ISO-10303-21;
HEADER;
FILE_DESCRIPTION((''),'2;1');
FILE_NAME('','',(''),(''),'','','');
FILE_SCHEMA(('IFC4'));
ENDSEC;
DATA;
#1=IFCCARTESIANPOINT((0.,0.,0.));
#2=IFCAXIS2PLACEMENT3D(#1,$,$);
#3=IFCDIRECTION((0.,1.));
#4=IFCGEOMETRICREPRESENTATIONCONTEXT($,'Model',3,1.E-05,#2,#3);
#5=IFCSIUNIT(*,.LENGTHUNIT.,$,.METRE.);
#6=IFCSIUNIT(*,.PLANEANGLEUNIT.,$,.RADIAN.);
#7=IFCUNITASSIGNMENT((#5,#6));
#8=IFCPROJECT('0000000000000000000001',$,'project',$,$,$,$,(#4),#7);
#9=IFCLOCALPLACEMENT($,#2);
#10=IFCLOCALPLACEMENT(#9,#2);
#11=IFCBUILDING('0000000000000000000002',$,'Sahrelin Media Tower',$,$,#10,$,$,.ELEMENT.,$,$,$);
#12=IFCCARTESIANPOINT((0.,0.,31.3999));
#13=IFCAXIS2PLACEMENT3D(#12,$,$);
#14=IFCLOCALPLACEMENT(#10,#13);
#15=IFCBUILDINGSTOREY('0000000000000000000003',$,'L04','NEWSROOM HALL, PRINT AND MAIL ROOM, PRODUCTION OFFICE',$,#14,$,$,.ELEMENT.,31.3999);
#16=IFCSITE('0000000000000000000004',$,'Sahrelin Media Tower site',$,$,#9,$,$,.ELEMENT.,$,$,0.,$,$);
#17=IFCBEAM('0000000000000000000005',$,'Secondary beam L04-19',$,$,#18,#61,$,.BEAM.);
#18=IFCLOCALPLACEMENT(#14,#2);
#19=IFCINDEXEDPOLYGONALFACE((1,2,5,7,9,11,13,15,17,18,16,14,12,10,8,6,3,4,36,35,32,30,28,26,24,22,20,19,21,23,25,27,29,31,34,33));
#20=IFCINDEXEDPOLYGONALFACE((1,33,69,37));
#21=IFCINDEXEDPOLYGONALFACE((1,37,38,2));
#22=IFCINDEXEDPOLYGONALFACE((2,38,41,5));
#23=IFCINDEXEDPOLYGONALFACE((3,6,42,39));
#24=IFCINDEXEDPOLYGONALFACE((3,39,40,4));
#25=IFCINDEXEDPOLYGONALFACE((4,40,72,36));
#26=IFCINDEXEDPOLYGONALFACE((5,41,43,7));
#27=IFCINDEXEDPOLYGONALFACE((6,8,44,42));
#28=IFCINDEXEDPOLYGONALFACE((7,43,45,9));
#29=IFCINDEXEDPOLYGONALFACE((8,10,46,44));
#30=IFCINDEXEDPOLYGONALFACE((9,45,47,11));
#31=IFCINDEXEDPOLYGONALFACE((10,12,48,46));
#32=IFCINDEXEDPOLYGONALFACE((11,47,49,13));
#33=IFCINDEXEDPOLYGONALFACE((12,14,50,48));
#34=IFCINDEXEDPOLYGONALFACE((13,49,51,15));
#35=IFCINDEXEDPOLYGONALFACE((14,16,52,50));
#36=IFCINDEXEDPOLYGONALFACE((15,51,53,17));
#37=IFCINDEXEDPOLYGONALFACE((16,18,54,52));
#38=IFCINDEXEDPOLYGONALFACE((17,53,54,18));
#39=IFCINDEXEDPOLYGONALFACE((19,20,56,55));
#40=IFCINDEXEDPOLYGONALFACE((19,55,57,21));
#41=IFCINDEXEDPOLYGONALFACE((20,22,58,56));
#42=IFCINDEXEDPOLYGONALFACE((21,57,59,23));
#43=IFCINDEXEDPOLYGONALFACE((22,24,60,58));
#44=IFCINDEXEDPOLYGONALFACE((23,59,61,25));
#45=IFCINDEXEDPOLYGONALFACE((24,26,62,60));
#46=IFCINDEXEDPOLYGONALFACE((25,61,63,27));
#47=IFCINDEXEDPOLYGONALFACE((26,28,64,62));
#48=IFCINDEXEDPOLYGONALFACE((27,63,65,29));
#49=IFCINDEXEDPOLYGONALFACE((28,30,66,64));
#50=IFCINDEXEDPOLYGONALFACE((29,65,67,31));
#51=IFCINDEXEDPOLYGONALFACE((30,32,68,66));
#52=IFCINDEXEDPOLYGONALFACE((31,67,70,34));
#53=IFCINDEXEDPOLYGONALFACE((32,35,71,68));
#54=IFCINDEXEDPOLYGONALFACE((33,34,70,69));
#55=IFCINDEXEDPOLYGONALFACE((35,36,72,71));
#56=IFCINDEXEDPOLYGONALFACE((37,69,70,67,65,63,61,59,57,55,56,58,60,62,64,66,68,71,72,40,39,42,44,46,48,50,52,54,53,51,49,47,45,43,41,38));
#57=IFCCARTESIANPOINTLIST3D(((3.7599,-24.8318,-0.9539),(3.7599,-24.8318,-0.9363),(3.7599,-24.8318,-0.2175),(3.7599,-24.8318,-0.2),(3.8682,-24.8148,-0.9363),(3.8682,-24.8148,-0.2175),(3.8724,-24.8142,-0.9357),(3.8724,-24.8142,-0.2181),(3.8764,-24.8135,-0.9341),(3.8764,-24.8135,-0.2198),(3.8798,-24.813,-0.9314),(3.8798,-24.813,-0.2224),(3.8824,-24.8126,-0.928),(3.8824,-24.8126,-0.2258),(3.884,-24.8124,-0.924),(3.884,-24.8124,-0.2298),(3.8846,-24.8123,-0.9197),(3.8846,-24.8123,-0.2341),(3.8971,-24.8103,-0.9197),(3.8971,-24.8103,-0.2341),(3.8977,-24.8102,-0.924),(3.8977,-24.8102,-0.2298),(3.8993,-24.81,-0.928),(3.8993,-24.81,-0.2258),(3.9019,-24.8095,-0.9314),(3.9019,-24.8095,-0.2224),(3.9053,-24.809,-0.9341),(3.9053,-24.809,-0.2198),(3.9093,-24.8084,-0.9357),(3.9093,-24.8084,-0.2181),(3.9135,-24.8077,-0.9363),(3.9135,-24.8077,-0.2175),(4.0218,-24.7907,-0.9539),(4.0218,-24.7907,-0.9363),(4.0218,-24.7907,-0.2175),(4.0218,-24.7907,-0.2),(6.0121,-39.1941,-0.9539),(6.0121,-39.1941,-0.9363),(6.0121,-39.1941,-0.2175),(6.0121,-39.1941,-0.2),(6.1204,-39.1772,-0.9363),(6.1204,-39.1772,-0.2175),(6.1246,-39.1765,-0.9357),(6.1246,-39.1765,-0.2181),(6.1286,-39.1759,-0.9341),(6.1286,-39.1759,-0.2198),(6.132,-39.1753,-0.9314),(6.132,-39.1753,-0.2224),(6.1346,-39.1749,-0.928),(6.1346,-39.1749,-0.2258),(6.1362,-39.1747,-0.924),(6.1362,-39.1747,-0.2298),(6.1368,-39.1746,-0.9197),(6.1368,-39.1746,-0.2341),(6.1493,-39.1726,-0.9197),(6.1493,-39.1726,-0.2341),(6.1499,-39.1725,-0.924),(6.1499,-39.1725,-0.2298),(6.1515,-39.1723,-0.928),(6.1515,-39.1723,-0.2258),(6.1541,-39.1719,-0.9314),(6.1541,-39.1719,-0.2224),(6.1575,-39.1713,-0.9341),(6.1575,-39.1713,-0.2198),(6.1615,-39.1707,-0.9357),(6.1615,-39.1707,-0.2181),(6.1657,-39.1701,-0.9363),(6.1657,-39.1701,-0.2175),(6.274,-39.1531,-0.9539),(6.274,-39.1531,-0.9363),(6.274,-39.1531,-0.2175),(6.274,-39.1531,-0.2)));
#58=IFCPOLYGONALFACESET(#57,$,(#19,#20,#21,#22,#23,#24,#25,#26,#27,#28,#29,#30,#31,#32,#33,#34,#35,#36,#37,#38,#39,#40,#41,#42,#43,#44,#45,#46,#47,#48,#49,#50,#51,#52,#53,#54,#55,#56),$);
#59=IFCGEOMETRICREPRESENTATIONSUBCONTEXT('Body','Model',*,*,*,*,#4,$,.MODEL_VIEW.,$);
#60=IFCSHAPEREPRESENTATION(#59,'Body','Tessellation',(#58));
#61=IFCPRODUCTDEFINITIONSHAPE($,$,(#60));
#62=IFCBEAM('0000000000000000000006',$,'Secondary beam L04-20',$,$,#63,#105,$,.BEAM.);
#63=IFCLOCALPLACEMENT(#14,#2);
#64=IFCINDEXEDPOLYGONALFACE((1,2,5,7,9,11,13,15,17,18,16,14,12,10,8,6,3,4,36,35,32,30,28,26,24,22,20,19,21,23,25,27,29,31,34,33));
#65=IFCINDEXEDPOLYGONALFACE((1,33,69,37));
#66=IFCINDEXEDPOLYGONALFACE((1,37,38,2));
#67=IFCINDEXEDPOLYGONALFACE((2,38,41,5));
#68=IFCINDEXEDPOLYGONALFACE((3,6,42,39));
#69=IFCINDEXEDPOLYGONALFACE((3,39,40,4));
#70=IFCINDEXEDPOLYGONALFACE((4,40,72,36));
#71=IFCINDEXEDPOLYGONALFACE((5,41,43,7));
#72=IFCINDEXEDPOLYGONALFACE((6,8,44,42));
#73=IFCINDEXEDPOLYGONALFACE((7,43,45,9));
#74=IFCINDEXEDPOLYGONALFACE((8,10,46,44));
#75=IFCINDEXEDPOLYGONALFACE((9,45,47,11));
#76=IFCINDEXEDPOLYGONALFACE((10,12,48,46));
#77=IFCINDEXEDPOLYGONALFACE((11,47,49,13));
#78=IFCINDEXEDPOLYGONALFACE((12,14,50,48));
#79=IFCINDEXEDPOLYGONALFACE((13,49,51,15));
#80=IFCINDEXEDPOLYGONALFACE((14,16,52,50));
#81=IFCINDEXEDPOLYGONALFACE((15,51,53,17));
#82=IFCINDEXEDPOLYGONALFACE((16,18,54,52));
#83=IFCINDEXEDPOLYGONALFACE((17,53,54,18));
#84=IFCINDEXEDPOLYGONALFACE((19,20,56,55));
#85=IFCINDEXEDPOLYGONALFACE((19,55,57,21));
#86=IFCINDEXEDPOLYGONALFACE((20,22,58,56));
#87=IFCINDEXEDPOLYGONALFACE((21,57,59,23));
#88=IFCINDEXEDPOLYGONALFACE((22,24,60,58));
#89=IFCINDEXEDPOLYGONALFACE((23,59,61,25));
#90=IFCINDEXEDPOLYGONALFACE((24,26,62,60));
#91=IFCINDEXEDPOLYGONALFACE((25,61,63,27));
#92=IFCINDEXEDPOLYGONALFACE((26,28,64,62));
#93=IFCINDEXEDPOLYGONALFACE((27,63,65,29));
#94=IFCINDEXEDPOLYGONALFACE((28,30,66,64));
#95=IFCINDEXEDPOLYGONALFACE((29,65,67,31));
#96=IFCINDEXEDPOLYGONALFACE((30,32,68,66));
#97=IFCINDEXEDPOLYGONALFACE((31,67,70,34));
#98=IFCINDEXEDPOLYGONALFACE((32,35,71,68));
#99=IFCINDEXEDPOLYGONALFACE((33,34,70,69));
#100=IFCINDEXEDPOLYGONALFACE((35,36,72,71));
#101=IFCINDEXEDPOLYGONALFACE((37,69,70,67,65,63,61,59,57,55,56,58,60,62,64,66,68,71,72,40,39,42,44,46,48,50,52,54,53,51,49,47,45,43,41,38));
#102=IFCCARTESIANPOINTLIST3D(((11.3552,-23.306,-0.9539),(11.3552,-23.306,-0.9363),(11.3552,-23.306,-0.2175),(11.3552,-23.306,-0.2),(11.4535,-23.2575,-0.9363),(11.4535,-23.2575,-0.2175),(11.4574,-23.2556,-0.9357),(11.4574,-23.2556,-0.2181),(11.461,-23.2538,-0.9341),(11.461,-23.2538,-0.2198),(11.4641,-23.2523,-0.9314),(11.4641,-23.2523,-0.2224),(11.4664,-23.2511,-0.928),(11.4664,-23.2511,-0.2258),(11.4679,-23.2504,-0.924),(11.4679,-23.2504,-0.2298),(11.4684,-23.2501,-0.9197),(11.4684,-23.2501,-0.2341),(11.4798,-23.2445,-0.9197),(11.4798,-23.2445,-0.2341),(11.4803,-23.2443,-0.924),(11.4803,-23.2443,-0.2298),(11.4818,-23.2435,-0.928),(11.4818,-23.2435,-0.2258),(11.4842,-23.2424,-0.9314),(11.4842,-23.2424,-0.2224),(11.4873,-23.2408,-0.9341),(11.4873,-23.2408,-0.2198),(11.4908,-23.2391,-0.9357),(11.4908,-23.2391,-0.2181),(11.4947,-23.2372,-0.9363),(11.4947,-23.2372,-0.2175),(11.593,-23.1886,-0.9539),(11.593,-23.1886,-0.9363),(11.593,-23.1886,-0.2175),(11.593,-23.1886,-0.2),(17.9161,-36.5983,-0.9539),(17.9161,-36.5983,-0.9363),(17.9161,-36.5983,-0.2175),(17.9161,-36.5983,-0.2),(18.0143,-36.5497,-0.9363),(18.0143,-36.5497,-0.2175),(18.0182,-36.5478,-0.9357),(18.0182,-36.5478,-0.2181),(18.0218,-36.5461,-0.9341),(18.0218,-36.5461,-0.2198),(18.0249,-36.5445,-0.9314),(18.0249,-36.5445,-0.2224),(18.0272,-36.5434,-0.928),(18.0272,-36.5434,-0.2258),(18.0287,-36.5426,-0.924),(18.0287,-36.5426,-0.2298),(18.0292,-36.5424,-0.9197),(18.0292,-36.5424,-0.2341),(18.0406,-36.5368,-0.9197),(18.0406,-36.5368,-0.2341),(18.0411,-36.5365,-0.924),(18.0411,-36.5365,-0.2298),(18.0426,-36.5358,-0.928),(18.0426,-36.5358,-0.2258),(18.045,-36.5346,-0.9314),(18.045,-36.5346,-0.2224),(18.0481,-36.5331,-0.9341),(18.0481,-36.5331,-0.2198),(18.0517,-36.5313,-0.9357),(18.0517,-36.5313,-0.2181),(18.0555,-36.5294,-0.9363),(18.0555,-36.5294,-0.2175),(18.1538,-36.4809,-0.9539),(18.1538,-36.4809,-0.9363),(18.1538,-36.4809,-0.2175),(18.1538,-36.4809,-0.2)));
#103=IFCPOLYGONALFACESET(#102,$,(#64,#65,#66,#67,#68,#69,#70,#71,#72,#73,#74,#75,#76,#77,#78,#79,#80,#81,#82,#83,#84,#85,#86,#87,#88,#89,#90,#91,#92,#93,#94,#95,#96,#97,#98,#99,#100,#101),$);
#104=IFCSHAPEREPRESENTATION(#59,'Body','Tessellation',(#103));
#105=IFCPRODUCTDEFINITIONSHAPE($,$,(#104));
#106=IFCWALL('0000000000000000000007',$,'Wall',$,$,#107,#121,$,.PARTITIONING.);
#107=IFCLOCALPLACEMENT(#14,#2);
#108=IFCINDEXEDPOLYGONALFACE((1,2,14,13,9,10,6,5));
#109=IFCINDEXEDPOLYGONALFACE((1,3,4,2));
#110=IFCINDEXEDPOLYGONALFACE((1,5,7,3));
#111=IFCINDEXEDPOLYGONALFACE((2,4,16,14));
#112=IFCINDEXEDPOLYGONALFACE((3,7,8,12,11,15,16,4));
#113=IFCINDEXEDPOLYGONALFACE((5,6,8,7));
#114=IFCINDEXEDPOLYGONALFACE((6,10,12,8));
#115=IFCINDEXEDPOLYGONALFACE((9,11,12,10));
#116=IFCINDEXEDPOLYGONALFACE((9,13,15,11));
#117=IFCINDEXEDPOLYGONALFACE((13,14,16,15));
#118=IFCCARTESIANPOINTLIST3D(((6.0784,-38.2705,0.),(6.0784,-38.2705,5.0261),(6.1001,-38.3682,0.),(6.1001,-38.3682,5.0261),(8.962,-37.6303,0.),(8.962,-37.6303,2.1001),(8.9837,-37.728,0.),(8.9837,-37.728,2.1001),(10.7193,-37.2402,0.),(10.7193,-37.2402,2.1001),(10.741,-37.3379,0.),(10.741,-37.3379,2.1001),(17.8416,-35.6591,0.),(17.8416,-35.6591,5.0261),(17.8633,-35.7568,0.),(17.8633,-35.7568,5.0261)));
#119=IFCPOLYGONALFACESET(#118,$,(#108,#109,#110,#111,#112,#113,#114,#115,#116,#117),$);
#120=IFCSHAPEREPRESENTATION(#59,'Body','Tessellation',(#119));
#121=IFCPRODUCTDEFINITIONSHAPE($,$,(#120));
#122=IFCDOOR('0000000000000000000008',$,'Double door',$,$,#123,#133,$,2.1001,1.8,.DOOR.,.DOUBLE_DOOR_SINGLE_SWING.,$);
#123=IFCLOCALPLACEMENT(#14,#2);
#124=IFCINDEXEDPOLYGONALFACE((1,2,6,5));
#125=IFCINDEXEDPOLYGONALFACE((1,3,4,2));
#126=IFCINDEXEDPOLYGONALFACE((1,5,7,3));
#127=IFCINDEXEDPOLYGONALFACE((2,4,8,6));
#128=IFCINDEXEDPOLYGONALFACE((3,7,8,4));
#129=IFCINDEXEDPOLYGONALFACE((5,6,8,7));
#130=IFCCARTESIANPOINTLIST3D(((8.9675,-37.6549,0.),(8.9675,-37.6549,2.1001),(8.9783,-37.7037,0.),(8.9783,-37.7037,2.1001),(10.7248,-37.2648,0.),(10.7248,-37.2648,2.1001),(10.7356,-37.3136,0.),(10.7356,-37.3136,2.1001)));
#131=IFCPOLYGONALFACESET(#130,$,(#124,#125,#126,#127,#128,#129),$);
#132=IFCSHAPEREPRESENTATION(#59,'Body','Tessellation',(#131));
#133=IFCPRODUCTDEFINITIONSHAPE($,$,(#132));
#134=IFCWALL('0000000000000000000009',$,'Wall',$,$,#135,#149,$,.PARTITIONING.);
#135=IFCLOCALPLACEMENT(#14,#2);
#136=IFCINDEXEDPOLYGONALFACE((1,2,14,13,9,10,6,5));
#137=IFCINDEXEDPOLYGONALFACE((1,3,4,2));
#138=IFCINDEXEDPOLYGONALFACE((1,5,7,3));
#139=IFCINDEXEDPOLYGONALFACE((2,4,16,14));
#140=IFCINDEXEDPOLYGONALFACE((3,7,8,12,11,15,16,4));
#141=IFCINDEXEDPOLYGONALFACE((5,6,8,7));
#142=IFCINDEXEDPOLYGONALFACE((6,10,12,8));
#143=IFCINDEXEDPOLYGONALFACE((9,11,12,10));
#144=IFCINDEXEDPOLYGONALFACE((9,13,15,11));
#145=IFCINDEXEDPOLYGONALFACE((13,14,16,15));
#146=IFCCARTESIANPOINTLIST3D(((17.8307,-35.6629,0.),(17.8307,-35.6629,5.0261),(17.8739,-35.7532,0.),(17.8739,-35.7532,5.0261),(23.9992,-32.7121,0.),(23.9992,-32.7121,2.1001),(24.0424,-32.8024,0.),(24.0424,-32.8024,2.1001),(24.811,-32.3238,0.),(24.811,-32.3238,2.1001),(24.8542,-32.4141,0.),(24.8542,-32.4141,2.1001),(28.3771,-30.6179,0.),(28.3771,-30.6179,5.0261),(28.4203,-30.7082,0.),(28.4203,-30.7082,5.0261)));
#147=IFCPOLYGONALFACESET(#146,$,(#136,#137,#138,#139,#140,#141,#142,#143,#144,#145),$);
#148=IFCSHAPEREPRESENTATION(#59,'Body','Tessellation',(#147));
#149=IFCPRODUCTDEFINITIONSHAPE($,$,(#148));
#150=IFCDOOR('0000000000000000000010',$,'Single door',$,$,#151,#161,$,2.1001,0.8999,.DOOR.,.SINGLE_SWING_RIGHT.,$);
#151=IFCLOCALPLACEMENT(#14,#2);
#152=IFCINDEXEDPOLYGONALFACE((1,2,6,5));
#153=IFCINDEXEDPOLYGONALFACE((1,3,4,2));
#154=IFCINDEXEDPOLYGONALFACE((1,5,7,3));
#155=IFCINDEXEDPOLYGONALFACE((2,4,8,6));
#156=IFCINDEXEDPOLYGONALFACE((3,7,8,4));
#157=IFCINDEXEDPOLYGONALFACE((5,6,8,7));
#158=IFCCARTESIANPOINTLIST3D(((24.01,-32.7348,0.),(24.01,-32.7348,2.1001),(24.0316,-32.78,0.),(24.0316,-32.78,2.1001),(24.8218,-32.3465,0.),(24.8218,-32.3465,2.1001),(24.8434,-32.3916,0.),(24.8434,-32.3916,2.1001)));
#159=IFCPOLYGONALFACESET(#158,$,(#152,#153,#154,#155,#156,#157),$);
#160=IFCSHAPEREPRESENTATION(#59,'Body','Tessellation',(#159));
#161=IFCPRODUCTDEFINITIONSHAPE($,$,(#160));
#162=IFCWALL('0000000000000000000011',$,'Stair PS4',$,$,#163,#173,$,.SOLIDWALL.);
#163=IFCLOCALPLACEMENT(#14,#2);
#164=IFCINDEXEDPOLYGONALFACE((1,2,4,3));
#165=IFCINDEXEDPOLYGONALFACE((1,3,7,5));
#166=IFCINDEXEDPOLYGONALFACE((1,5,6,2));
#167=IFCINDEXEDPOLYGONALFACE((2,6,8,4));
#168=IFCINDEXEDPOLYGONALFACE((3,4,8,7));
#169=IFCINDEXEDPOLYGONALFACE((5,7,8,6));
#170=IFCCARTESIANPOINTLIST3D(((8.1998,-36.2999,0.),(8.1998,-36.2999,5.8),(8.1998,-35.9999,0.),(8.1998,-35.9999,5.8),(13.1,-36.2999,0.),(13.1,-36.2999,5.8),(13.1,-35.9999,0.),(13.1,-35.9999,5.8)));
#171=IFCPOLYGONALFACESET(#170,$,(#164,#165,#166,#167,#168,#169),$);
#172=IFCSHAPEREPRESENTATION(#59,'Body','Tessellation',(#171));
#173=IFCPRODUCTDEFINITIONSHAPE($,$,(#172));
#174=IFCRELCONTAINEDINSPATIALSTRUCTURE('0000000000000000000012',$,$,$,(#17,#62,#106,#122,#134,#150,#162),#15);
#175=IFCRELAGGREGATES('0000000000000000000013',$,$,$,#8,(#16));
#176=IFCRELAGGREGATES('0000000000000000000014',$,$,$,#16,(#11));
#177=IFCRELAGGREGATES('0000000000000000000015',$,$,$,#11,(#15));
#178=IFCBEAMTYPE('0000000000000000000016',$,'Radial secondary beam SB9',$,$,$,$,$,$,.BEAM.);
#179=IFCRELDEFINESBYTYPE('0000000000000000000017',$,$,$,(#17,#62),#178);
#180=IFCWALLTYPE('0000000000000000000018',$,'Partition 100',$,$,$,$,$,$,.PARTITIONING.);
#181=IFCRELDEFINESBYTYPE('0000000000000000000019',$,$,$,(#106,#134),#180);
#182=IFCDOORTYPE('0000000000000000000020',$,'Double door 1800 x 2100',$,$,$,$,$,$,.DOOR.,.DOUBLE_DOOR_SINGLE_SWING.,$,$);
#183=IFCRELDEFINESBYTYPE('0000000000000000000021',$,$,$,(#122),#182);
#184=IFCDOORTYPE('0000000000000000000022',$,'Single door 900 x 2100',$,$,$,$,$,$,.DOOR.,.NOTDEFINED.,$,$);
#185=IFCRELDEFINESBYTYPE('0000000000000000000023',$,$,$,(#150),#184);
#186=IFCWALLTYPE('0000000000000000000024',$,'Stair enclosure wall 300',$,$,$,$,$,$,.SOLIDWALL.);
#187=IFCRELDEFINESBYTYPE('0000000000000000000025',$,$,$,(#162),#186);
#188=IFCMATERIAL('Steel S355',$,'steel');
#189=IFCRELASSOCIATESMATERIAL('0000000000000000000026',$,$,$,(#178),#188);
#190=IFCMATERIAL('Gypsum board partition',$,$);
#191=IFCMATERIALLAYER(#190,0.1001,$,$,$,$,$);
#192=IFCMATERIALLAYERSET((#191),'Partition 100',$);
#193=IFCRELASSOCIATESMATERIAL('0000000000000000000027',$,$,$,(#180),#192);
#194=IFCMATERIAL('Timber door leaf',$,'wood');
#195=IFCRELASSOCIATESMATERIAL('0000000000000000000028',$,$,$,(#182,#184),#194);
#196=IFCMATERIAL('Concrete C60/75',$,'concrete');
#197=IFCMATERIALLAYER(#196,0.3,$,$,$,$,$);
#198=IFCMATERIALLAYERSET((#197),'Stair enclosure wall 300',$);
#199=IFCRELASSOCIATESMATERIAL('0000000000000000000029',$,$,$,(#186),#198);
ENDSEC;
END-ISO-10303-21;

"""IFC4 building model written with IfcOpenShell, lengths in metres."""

from ifc_helpers import new_model, si_unit, direction, frame, frame_2d, origin, origin_2d, place, context, subcontext, project, spatial, rectangle, i_section, extrude, material, layer, layer_set, material_profile, profile_set, type_object, element, fill, save


model = new_model("IFC4")

# Units and contexts
model_context = context("Model", 3, precision=1e-05, world=origin(), true_north=direction((0.0, 1.0)))
body_context = subcontext(model_context, "Body", "Model", "MODEL_VIEW")
ifc_project = project(units=[si_unit("LENGTHUNIT", "METRE"), si_unit("PLANEANGLEUNIT", "RADIAN")], contexts=[model_context])

# Site, building, storey
site_placement = place(None, origin())
site = spatial("IfcSite", under=ifc_project, at=site_placement, Name="Sahrelin Media Tower site", CompositionType="ELEMENT", RefElevation=0.0)
building_placement = place(site_placement, origin())
building = spatial("IfcBuilding", under=site, at=building_placement, Name="Sahrelin Media Tower", CompositionType="ELEMENT")
storey_placement = place(building_placement, frame((0.0, 0.0, 31.3999)))
storey = spatial("IfcBuildingStorey", under=building, at=storey_placement, Name="L04", Description="NEWSROOM HALL, PRINT AND MAIL ROOM, PRODUCTION OFFICE", CompositionType="ELEMENT", Elevation=31.3999)

# Beams
ifc_material_1 = material(Name="Steel S355", Category="steel")
ifc_material_profile_1 = material_profile(ifc_material_1, i_section(OverallWidth=0.2651, OverallDepth=0.7539, WebThickness=0.0127, FlangeThickness=0.0176, FilletRadius=0.0166, at=origin_2d()), Name="UB 762x267x147")
ifc_profile_set_1 = profile_set([ifc_material_profile_1], Name="Steel S355")
beam_type_1 = type_object("IfcBeamType", Name="Radial secondary beam SB9", PredefinedType="BEAM", material=ifc_profile_set_1)
beam_1_placement = place(storey_placement, frame((3.8909, -24.8113, -0.5769), z_axis=(0.15492, -0.987927, 0.0), x_axis=(0.987927, 0.15492, 0.0)))
element("IfcBeam", 1, at=beam_1_placement, inside=storey, type_object=beam_type_1, Name="Secondary beam L04-19", PredefinedType="BEAM", context=body_context, shape_type="SweptSolid", body=[
    extrude(i_section(OverallWidth=0.2651, OverallDepth=0.7539, WebThickness=0.0127, FlangeThickness=0.0176, FilletRadius=0.0166, at=origin_2d()), origin(), (0.0, 0.0, 1.0), 14.5378),
])
beam_2_placement = place(storey_placement, frame((11.4741, -23.2473, -0.5769), z_axis=(0.442603, -0.896718, 0.0), x_axis=(0.896718, 0.442603, 0.0)))
element("IfcBeam", 2, at=beam_2_placement, inside=storey, type_object=beam_type_1, Name="Secondary beam L04-20", PredefinedType="BEAM", context=body_context, shape_type="SweptSolid", body=[
    extrude(i_section(OverallWidth=0.2651, OverallDepth=0.7539, WebThickness=0.0127, FlangeThickness=0.0176, FilletRadius=0.0166, at=origin_2d()), origin(), (0.0, 0.0, 1.0), 14.8232),
])

# Walls, openings, doors
ifc_material_2 = material(Name="Gypsum board partition")
ifc_layer_1 = layer(ifc_material_2, 0.1001)
ifc_layer_set_1 = layer_set([ifc_layer_1], Name="Partition 100")
wall_type_1 = type_object("IfcWallType", Name="Partition 100", PredefinedType="PARTITIONING", material=ifc_layer_set_1)
wall_1_placement = place(storey_placement, frame((6.0891, -38.3193, 0.0), z_axis=(0.0, 0.0, 1.0), x_axis=(0.976235, 0.216716, 0.0)))
wall_1 = element("IfcWall", 3, at=wall_1_placement, inside=storey, type_object=wall_type_1, Name="Wall", PredefinedType="PARTITIONING", context=body_context, shape_type="SweptSolid", body=[
    extrude(rectangle(XDim=12.0496, YDim=0.1001, at=frame_2d((6.0249, 0.0))), origin(), (0.0, 0.0, 1.0), 5.0261),
])
opening_1_placement = place(wall_1_placement, frame((2.9541, 0.0, 0.0)))
opening_1 = element("IfcOpeningElement", 4, at=opening_1_placement, cuts=wall_1, PredefinedType="OPENING", context=body_context, shape_type="SweptSolid", body=[
    extrude(rectangle(XDim=1.8, YDim=2.1001, at=frame_2d((0.8999, 1.05))), frame((0.0, 0.05, 0.0), z_axis=(0.0, -1.0, 0.0), x_axis=(1.0, 0.0, 0.0)), (0.0, 0.0, 1.0), 0.1001),
])
ifc_material_3 = material(Name="Timber door leaf", Category="wood")
door_type_1 = type_object("IfcDoorType", Name="Double door 1800 x 2100", OperationType="DOUBLE_DOOR_SINGLE_SWING", PredefinedType="DOOR", material=ifc_material_3)
door_1_placement = place(opening_1_placement, origin())
door_1 = element("IfcDoor", 5, at=door_1_placement, inside=storey, type_object=door_type_1, Name="Double door", OperationType="DOUBLE_DOOR_SINGLE_SWING", OverallHeight=2.1001, OverallWidth=1.8, PredefinedType="DOOR", context=body_context, shape_type="SweptSolid", body=[
    extrude(rectangle(XDim=1.8, YDim=2.1001, at=frame_2d((0.8999, 1.05))), frame((0.0, 0.0249, 0.0), z_axis=(0.0, -1.0, 0.0), x_axis=(1.0, 0.0, 0.0)), (0.0, 0.0, 1.0), 0.05),
])
fill(opening_1, door_1)
wall_2_placement = place(storey_placement, frame((17.8523, -35.708, 0.0), z_axis=(0.0, 0.0, 1.0), x_axis=(0.902101, 0.431525, 0.0)))
wall_2 = element("IfcWall", 6, at=wall_2_placement, inside=storey, type_object=wall_type_1, Name="Wall", PredefinedType="PARTITIONING", context=body_context, shape_type="SweptSolid", body=[
    extrude(rectangle(XDim=11.6909, YDim=0.1001, at=frame_2d((5.8455, 0.0))), origin(), (0.0, 0.0, 1.0), 5.0261),
])
opening_2_placement = place(wall_2_placement, frame((6.8379, 0.0, 0.0)))
opening_2 = element("IfcOpeningElement", 7, at=opening_2_placement, cuts=wall_2, PredefinedType="OPENING", context=body_context, shape_type="SweptSolid", body=[
    extrude(rectangle(XDim=0.8999, YDim=2.1001, at=frame_2d((0.45, 1.05))), frame((0.0, 0.05, 0.0), z_axis=(0.0, -1.0, 0.0), x_axis=(1.0, 0.0, 0.0)), (0.0, 0.0, 1.0), 0.1001),
])
door_type_2 = type_object("IfcDoorType", Name="Single door 900 x 2100", OperationType="NOTDEFINED", PredefinedType="DOOR", material=ifc_material_3)
door_2_placement = place(opening_2_placement, origin())
door_2 = element("IfcDoor", 8, at=door_2_placement, inside=storey, type_object=door_type_2, Name="Single door", OperationType="SINGLE_SWING_RIGHT", OverallHeight=2.1001, OverallWidth=0.8999, PredefinedType="DOOR", context=body_context, shape_type="SweptSolid", body=[
    extrude(rectangle(XDim=0.8999, YDim=2.1001, at=frame_2d((0.45, 1.05))), frame((0.0, 0.0249, 0.0), z_axis=(0.0, -1.0, 0.0), x_axis=(1.0, 0.0, 0.0)), (0.0, 0.0, 1.0), 0.05),
])
fill(opening_2, door_2)

# Wall
ifc_material_4 = material(Name="Concrete C60/75", Category="concrete")
ifc_layer_2 = layer(ifc_material_4, 0.3)
ifc_layer_set_2 = layer_set([ifc_layer_2], Name="Stair enclosure wall 300")
wall_type_2 = type_object("IfcWallType", Name="Stair enclosure wall 300", PredefinedType="SOLIDWALL", material=ifc_layer_set_2)
wall_3_placement = place(storey_placement, frame((13.1001, -36.1499, 0.0), z_axis=(0.0, 0.0, 1.0), x_axis=(-1.0, 0.0, 0.0)))
element("IfcWall", 9, at=wall_3_placement, inside=storey, type_object=wall_type_2, Name="Stair PS4", PredefinedType="SOLIDWALL", context=body_context, shape_type="SweptSolid", body=[
    extrude(rectangle(XDim=4.9001, YDim=0.3, at=frame_2d((2.4502, 0.0))), origin(), (0.0, 0.0, 1.0), 5.8),
])

save(model, "model.ifc")
